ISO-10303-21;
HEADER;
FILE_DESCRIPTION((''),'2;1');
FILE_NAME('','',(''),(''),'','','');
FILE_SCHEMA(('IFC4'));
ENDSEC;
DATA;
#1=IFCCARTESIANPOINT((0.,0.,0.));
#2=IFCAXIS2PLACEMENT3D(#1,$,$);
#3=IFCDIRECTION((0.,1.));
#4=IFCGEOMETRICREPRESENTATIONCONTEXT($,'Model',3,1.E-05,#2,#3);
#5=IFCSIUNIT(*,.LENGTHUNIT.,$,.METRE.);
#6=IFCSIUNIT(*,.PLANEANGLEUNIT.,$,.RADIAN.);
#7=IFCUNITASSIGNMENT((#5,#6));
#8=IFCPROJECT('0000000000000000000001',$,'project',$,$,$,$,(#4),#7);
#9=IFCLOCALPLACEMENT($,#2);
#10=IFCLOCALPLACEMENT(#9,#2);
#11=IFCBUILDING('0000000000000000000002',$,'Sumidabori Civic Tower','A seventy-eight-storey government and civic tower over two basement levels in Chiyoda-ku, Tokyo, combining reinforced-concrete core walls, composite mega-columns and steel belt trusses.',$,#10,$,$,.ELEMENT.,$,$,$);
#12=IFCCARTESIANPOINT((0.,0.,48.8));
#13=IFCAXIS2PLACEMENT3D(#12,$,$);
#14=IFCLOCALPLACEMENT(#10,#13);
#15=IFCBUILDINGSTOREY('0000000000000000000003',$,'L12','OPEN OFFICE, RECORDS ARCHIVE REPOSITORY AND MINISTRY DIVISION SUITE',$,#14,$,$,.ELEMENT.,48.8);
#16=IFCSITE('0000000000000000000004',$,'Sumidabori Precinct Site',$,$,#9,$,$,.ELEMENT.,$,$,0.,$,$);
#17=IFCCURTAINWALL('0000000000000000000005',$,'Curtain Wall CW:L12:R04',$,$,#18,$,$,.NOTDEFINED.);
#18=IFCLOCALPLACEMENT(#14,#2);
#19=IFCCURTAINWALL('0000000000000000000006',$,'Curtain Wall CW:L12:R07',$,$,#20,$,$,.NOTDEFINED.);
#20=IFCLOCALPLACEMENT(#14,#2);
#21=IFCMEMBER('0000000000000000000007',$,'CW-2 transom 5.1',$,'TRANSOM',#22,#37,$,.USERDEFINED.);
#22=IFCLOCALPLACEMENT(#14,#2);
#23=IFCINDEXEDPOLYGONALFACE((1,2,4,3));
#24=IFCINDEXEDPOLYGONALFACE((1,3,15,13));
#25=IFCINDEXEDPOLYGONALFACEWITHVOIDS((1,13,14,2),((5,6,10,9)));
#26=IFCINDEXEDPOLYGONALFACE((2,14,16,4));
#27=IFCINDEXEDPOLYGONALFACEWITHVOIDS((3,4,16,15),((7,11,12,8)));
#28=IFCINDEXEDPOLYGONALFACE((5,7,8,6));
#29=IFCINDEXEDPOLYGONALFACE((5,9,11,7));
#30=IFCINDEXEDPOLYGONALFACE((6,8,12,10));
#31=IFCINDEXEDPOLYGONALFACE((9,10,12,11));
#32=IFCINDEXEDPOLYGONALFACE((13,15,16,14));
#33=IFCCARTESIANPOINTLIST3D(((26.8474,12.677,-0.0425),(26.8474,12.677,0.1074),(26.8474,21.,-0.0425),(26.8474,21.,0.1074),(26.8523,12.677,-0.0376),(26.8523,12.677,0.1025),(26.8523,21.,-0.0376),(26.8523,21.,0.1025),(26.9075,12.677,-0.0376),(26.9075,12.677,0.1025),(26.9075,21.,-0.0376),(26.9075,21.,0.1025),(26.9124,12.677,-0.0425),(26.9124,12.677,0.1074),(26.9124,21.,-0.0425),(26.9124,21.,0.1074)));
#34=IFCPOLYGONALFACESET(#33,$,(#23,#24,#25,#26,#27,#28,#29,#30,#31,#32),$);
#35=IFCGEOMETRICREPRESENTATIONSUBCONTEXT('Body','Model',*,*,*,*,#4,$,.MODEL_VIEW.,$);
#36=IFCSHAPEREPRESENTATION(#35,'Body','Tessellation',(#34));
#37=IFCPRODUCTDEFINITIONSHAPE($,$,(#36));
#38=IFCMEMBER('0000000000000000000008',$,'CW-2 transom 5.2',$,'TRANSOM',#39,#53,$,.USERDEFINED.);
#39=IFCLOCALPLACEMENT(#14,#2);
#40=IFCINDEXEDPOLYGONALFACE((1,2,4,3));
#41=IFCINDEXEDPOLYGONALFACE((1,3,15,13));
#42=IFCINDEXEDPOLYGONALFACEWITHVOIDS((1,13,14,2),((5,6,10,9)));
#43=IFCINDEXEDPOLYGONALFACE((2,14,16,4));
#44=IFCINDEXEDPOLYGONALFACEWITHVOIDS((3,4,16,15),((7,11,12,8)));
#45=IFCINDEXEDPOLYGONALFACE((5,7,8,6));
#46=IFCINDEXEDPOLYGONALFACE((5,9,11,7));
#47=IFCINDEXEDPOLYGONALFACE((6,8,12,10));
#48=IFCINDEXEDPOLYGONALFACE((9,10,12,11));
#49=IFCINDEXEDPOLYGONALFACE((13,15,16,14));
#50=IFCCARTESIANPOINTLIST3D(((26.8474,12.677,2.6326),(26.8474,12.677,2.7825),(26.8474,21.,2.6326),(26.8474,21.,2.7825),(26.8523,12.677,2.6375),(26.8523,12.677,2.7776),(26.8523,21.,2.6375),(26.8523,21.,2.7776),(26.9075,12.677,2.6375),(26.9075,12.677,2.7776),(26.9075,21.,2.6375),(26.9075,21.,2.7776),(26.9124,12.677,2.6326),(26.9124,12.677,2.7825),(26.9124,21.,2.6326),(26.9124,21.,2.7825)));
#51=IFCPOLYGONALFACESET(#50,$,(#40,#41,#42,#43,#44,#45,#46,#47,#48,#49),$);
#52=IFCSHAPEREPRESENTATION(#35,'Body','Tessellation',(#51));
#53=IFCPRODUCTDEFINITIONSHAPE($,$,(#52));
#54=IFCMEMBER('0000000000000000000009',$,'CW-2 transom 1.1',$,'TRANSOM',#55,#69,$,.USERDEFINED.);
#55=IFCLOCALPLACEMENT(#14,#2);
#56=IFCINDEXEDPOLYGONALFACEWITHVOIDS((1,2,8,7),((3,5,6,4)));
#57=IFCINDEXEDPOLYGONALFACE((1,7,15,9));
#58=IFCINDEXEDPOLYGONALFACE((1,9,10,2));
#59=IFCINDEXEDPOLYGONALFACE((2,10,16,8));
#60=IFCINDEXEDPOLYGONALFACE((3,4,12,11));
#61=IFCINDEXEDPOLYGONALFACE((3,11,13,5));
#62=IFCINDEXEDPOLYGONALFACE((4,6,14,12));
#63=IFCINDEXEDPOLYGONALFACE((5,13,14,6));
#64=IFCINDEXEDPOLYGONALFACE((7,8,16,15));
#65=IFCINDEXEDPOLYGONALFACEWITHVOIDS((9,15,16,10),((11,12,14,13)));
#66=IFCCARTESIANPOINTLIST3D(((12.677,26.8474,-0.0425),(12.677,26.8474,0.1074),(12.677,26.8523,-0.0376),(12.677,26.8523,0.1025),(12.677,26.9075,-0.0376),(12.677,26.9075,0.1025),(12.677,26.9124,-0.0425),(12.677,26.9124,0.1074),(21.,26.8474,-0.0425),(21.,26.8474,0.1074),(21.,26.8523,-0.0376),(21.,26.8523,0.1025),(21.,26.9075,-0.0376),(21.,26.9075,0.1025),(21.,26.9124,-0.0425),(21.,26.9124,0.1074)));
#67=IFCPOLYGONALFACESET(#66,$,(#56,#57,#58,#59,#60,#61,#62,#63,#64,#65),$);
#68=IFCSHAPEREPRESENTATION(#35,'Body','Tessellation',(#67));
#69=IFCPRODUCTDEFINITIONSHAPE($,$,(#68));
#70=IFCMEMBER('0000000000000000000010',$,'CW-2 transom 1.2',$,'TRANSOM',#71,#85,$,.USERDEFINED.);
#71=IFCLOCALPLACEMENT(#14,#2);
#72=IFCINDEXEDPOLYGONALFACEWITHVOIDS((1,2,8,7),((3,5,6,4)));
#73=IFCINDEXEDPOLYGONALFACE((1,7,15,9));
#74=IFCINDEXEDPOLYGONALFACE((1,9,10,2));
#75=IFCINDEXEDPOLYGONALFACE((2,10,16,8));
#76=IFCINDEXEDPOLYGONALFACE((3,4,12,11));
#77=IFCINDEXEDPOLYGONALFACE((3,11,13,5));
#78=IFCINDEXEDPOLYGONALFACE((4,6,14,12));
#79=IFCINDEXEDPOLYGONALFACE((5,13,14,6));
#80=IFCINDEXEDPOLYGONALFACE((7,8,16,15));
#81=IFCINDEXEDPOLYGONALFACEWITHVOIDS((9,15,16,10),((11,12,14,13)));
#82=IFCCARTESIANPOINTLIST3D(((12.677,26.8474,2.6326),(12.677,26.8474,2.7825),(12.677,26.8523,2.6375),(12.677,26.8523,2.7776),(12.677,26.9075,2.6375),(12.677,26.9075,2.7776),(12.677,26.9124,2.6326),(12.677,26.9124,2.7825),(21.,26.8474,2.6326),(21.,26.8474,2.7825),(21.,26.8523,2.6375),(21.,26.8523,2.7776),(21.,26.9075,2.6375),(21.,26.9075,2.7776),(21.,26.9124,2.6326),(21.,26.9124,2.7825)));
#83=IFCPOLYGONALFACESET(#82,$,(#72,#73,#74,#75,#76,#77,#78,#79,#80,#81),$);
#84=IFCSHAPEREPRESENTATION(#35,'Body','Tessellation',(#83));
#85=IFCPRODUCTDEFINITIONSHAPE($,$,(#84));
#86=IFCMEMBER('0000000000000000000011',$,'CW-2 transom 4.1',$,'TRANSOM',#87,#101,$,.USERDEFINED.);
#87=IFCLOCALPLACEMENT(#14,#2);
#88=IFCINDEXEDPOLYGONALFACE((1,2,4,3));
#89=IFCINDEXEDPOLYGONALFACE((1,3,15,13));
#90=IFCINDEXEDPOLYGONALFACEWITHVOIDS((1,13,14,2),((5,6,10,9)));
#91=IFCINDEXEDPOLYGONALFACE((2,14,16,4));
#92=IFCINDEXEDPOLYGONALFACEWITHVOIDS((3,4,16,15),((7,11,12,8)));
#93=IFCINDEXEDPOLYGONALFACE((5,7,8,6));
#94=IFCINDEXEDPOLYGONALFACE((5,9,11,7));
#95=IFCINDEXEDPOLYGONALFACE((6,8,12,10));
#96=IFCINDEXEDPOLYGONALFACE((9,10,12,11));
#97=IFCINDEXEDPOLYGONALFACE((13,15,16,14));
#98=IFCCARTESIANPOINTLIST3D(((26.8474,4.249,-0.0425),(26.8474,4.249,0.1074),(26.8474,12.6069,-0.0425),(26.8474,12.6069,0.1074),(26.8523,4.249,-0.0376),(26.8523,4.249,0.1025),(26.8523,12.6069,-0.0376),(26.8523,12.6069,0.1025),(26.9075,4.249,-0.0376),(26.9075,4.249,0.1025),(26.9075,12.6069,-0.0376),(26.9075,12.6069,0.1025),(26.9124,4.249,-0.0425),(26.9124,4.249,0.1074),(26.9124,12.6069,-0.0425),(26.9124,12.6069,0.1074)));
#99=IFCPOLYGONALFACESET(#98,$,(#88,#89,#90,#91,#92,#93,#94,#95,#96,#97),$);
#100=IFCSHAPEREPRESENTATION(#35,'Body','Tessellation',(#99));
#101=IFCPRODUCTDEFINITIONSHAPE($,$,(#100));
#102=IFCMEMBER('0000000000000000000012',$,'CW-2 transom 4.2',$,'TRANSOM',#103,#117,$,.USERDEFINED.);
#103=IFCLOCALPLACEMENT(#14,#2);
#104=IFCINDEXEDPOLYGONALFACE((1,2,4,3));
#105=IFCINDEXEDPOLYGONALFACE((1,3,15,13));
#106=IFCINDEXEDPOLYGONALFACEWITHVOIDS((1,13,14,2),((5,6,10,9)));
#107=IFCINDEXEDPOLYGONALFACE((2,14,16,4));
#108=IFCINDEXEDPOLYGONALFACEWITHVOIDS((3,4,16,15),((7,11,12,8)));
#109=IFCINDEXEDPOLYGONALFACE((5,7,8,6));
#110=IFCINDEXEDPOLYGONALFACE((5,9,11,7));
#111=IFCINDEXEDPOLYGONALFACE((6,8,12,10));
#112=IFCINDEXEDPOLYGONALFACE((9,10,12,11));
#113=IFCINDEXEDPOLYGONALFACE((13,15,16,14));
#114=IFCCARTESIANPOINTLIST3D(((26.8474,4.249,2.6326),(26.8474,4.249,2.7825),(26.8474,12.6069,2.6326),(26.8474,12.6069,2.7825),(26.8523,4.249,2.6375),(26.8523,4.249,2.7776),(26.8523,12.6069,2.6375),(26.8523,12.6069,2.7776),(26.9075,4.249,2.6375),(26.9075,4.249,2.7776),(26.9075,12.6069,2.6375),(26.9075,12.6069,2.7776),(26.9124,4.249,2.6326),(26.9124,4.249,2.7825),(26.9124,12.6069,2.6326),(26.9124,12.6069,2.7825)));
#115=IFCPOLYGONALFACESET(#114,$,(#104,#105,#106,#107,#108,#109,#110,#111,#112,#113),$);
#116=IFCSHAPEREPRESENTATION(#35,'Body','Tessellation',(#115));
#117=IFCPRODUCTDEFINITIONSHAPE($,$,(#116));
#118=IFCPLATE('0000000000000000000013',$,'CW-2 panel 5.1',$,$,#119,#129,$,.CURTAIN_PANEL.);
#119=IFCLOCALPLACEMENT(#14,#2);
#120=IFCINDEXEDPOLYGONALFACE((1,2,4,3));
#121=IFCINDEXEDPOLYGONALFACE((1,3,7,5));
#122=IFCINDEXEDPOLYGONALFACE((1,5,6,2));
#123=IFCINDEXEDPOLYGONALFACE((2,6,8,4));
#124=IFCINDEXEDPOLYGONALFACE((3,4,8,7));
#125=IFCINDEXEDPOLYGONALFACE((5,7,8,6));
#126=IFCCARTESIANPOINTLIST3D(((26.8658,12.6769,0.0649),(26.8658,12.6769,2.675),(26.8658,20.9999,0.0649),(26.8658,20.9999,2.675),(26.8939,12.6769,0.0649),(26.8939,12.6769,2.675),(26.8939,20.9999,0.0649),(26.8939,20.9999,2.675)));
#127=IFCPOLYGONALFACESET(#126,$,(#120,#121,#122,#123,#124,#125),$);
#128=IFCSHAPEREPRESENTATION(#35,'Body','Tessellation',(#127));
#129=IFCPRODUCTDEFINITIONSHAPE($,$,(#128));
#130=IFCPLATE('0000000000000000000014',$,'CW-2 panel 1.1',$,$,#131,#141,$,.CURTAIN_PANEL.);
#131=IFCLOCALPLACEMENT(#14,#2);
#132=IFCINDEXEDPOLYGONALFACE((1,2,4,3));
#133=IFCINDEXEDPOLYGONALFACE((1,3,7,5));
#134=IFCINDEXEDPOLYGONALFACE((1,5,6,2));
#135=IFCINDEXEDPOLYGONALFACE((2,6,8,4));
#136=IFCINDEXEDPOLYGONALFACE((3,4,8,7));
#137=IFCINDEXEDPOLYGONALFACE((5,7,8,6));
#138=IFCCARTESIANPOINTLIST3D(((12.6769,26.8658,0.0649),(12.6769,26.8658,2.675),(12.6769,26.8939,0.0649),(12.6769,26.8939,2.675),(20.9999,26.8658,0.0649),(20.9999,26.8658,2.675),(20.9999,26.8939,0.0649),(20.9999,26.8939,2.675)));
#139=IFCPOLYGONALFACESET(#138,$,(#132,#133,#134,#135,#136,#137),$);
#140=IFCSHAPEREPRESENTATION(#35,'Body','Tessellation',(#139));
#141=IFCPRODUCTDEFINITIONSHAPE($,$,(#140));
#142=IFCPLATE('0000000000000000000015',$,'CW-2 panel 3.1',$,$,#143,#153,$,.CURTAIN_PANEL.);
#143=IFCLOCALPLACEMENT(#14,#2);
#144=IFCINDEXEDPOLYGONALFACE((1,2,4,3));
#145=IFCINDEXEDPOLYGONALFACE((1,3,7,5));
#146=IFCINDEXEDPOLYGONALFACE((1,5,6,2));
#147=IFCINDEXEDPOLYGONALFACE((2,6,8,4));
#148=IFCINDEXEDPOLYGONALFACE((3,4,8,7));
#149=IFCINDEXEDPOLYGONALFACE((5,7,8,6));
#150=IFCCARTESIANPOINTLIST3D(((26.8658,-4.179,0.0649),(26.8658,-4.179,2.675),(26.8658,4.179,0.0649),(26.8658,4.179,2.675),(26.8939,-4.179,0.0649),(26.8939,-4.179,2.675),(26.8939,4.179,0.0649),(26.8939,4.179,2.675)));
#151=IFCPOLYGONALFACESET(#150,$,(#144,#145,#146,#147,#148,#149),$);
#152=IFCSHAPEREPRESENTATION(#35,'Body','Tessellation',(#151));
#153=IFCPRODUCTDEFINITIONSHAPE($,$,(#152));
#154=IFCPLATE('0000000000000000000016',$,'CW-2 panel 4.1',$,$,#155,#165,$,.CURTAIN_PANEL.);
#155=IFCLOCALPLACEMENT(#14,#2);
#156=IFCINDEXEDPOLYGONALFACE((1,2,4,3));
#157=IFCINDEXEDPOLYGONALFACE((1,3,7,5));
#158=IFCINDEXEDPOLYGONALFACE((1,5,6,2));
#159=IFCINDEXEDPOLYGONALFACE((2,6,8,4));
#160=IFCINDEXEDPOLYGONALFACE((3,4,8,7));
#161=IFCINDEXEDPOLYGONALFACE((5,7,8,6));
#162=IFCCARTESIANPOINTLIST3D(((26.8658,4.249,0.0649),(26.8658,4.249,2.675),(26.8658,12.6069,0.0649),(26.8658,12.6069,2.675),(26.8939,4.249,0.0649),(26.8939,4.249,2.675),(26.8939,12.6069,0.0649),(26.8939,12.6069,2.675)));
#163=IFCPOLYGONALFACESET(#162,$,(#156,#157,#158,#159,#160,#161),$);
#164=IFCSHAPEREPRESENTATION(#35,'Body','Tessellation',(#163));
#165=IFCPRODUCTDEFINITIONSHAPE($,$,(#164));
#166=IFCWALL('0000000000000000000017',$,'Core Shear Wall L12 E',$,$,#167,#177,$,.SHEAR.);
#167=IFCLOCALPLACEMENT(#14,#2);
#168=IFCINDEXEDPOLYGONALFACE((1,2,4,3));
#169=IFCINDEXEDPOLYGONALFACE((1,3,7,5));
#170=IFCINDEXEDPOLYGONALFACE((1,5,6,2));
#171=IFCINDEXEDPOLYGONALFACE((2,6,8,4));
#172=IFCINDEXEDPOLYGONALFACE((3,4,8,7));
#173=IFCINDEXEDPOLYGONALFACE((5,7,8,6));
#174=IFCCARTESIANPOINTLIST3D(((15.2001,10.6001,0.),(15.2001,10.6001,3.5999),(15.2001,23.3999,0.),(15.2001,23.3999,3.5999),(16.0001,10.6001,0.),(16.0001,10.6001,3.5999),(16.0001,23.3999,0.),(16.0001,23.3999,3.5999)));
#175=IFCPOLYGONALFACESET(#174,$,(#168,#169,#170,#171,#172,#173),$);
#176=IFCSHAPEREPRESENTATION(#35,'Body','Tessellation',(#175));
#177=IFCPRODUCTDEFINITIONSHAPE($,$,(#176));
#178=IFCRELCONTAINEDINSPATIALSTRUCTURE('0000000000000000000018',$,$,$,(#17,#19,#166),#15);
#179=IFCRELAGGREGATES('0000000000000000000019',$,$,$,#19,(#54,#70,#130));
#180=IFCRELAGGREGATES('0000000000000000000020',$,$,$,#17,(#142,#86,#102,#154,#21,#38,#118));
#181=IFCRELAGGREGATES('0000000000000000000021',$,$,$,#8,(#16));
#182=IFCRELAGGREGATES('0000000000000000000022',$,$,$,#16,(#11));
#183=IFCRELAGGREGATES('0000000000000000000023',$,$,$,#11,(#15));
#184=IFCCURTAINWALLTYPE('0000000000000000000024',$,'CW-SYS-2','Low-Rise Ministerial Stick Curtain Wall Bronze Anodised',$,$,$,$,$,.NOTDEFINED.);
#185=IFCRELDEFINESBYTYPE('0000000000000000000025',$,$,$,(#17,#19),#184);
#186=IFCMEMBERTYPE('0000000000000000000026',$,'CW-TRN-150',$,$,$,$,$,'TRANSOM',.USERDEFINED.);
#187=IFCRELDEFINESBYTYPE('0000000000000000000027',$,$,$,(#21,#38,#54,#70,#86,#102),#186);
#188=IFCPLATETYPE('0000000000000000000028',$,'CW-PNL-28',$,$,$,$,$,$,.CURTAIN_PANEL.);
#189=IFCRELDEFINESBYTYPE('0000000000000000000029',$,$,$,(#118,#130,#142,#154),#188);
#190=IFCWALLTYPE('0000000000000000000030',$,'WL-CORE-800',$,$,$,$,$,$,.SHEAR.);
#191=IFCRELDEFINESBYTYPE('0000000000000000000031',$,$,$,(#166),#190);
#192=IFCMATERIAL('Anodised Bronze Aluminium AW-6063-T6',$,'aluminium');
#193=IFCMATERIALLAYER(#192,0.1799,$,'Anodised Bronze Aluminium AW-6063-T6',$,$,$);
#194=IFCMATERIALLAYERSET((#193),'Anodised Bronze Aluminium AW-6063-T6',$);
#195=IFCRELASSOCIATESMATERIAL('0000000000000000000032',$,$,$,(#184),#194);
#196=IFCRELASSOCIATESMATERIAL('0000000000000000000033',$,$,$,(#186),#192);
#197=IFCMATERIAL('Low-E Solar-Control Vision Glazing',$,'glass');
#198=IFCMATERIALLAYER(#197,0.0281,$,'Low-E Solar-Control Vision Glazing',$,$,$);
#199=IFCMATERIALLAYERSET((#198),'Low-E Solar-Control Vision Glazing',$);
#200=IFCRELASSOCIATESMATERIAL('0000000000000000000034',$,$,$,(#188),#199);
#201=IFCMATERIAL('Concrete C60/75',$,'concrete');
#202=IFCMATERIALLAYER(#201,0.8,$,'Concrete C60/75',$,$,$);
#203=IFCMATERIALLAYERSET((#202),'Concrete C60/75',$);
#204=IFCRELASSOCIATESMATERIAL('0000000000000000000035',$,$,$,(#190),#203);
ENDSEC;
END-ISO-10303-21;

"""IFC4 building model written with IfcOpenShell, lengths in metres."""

from ifc_helpers import new_model, si_unit, direction, frame, frame_2d, origin, origin_2d, place, context, subcontext, project, spatial, rectangle, hollow_rectangle, extrude, source, transform, mapped, material, layer, layer_set, material_profile, profile_set, type_object, element, aggregate, save


model = new_model("IFC4")

# Units and contexts
model_context = context("Model", 3, precision=1e-05, world=origin(), true_north=direction((0.0, 1.0)))
body_context = subcontext(model_context, "Body", "Model", "MODEL_VIEW")
ifc_project = project(units=[si_unit("LENGTHUNIT", "METRE"), si_unit("PLANEANGLEUNIT", "RADIAN")], contexts=[model_context])

# Site, building, storey
site_placement = place(None, origin())
site = spatial("IfcSite", under=ifc_project, at=site_placement, Name="Sumidabori Precinct Site", CompositionType="ELEMENT", RefElevation=0.0)
building_placement = place(site_placement, origin())
building = spatial("IfcBuilding", under=site, at=building_placement, Name="Sumidabori Civic Tower", Description="A seventy-eight-storey government and civic tower over two basement levels in Chiyoda-ku, Tokyo, combining reinforced-concrete core walls, composite mega-columns and steel belt trusses.", CompositionType="ELEMENT")
storey_placement = place(building_placement, frame((0.0, 0.0, 48.8)))
storey = spatial("IfcBuildingStorey", under=building, at=storey_placement, Name="L12", Description="OPEN OFFICE, RECORDS ARCHIVE REPOSITORY AND MINISTRY DIVISION SUITE", CompositionType="ELEMENT", Elevation=48.8)

# Shared definitions
ifc_material_1 = material(Name="Concrete C60/75", Category="concrete")

# Curtain wall
ifc_material_2 = material(Name="Anodised Bronze Aluminium AW-6063-T6", Category="aluminium")
ifc_layer_1 = layer(ifc_material_2, 0.1799, Name="Anodised Bronze Aluminium AW-6063-T6")
ifc_layer_set_1 = layer_set([ifc_layer_1], Name="Anodised Bronze Aluminium AW-6063-T6")
curtain_wall_type = type_object("IfcCurtainWallType", Name="CW-SYS-2", Description="Low-Rise Ministerial Stick Curtain Wall Bronze Anodised", PredefinedType="NOTDEFINED", material=ifc_layer_set_1)
curtain_wall_1_placement = place(storey_placement, origin())
curtain_wall_1 = element("IfcCurtainWall", 1, at=curtain_wall_1_placement, inside=storey, type_object=curtain_wall_type, Name="Curtain Wall CW:L12:R04", PredefinedType="NOTDEFINED")

# Curtain wall
curtain_wall_2_placement = place(storey_placement, origin())
curtain_wall_2 = element("IfcCurtainWall", 2, at=curtain_wall_2_placement, inside=storey, type_object=curtain_wall_type, Name="Curtain Wall CW:L12:R07", PredefinedType="NOTDEFINED")

# Members
ifc_material_profile_1 = material_profile(ifc_material_2, hollow_rectangle(XDim=0.0649, YDim=0.1499, WallThickness=0.0049, at=origin_2d()), Name="ALU TRANSOM 150x65")
ifc_profile_set_1 = profile_set([ifc_material_profile_1], Name="Anodised Bronze Aluminium AW-6063-T6")
member_type_1 = type_object("IfcMemberType", Name="CW-TRN-150", ElementType="TRANSOM", PredefinedType="USERDEFINED", material=ifc_profile_set_1)
shared_shape_1 = source(origin(), body_context, "Body", "SweptSolid", [
    extrude(hollow_rectangle(XDim=0.0649, YDim=0.1499, WallThickness=0.0049, at=origin_2d()), origin(), (0.0, 0.0, 1.0), 8.323),
])
member_1_placement = place(storey_placement, frame((26.8799, 12.677, 0.0325), z_axis=(0.0, 1.0, 0.0), x_axis=(-1.0, 0.0, 0.0)))
member_1 = element("IfcMember", 3, at=member_1_placement, type_object=member_type_1, Name="CW-2 transom 5.1", ObjectType="TRANSOM", PredefinedType="USERDEFINED", context=body_context, shape_type="MappedRepresentation", body=[
    mapped(shared_shape_1, transform((0.0, 0.0, 0.0), x_axis=(1.0, 0.0, 0.0), y_axis=(0.0, 1.0, 0.0), z_axis=(0.0, 0.0, 1.0), scale=1.0)),
])
member_2_placement = place(storey_placement, frame((26.8799, 12.677, 2.7075), z_axis=(0.0, 1.0, 0.0), x_axis=(-1.0, 0.0, 0.0)))
member_2 = element("IfcMember", 4, at=member_2_placement, type_object=member_type_1, Name="CW-2 transom 5.2", ObjectType="TRANSOM", PredefinedType="USERDEFINED", context=body_context, shape_type="MappedRepresentation", body=[
    mapped(shared_shape_1, transform((0.0, 0.0, 0.0), x_axis=(1.0, 0.0, 0.0), y_axis=(0.0, 1.0, 0.0), z_axis=(0.0, 0.0, 1.0), scale=1.0)),
])
member_3_placement = place(storey_placement, frame((21.0, 26.8799, 0.0325), z_axis=(-1.0, 0.0, 0.0), x_axis=(0.0, -1.0, 0.0)))
member_3 = element("IfcMember", 5, at=member_3_placement, type_object=member_type_1, Name="CW-2 transom 1.1", ObjectType="TRANSOM", PredefinedType="USERDEFINED", context=body_context, shape_type="MappedRepresentation", body=[
    mapped(shared_shape_1, transform((0.0, 0.0, 0.0), x_axis=(1.0, 0.0, 0.0), y_axis=(0.0, 1.0, 0.0), z_axis=(0.0, 0.0, 1.0), scale=1.0)),
])
member_4_placement = place(storey_placement, frame((21.0, 26.8799, 2.7075), z_axis=(-1.0, 0.0, 0.0), x_axis=(0.0, -1.0, 0.0)))
member_4 = element("IfcMember", 6, at=member_4_placement, type_object=member_type_1, Name="CW-2 transom 1.2", ObjectType="TRANSOM", PredefinedType="USERDEFINED", context=body_context, shape_type="MappedRepresentation", body=[
    mapped(shared_shape_1, transform((0.0, 0.0, 0.0), x_axis=(1.0, 0.0, 0.0), y_axis=(0.0, 1.0, 0.0), z_axis=(0.0, 0.0, 1.0), scale=1.0)),
])
shared_shape_2 = source(origin(), body_context, "Body", "SweptSolid", [
    extrude(hollow_rectangle(XDim=0.0649, YDim=0.1499, WallThickness=0.0049, at=origin_2d()), origin(), (0.0, 0.0, 1.0), 8.3579),
])
member_5_placement = place(storey_placement, frame((26.8799, 4.249, 0.0325), z_axis=(0.0, 1.0, 0.0), x_axis=(-1.0, 0.0, 0.0)))
member_5 = element("IfcMember", 7, at=member_5_placement, type_object=member_type_1, Name="CW-2 transom 4.1", ObjectType="TRANSOM", PredefinedType="USERDEFINED", context=body_context, shape_type="MappedRepresentation", body=[
    mapped(shared_shape_2, transform((0.0, 0.0, 0.0), x_axis=(1.0, 0.0, 0.0), y_axis=(0.0, 1.0, 0.0), z_axis=(0.0, 0.0, 1.0), scale=1.0)),
])
member_6_placement = place(storey_placement, frame((26.8799, 4.249, 2.7075), z_axis=(0.0, 1.0, 0.0), x_axis=(-1.0, 0.0, 0.0)))
member_6 = element("IfcMember", 8, at=member_6_placement, type_object=member_type_1, Name="CW-2 transom 4.2", ObjectType="TRANSOM", PredefinedType="USERDEFINED", context=body_context, shape_type="MappedRepresentation", body=[
    mapped(shared_shape_2, transform((0.0, 0.0, 0.0), x_axis=(1.0, 0.0, 0.0), y_axis=(0.0, 1.0, 0.0), z_axis=(0.0, 0.0, 1.0), scale=1.0)),
])

# Plates
ifc_material_3 = material(Name="Low-E Solar-Control Vision Glazing", Category="glass")
ifc_layer_2 = layer(ifc_material_3, 0.0281, Name="Low-E Solar-Control Vision Glazing")
ifc_layer_set_2 = layer_set([ifc_layer_2], Name="Low-E Solar-Control Vision Glazing")
plate_type = type_object("IfcPlateType", Name="CW-PNL-28", PredefinedType="CURTAIN_PANEL", material=ifc_layer_set_2)
shared_shape_3 = source(origin(), body_context, "Body", "SweptSolid", [
    extrude(rectangle(XDim=8.323, YDim=0.0281, at=origin_2d()), origin(), (0.0, 0.0, 1.0), 2.6101),
])
plate_1_placement = place(storey_placement, frame((26.8799, 16.8384, 0.0649), z_axis=(0.0, 0.0, 1.0), x_axis=(0.0, 1.0, 0.0)))
plate_1 = element("IfcPlate", 9, at=plate_1_placement, type_object=plate_type, Name="CW-2 panel 5.1", PredefinedType="CURTAIN_PANEL", context=body_context, shape_type="MappedRepresentation", body=[
    mapped(shared_shape_3, transform((0.0, 0.0, 0.0), x_axis=(1.0, 0.0, 0.0), y_axis=(0.0, 1.0, 0.0), z_axis=(0.0, 0.0, 1.0), scale=1.0)),
])
plate_2_placement = place(storey_placement, frame((16.8384, 26.8799, 0.0649), z_axis=(0.0, 0.0, 1.0), x_axis=(-1.0, 0.0, 0.0)))
plate_2 = element("IfcPlate", 10, at=plate_2_placement, type_object=plate_type, Name="CW-2 panel 1.1", PredefinedType="CURTAIN_PANEL", context=body_context, shape_type="MappedRepresentation", body=[
    mapped(shared_shape_3, transform((0.0, 0.0, 0.0), x_axis=(1.0, 0.0, 0.0), y_axis=(0.0, 1.0, 0.0), z_axis=(0.0, 0.0, 1.0), scale=1.0)),
])
aggregate(curtain_wall_2, [member_3, member_4, plate_2])
shared_shape_4 = source(origin(), body_context, "Body", "SweptSolid", [
    extrude(rectangle(XDim=8.3579, YDim=0.0281, at=origin_2d()), origin(), (0.0, 0.0, 1.0), 2.6101),
])
plate_3_placement = place(storey_placement, frame((26.8799, 0.0, 0.0649), z_axis=(0.0, 0.0, 1.0), x_axis=(0.0, 1.0, 0.0)))
plate_3 = element("IfcPlate", 11, at=plate_3_placement, type_object=plate_type, Name="CW-2 panel 3.1", PredefinedType="CURTAIN_PANEL", context=body_context, shape_type="MappedRepresentation", body=[
    mapped(shared_shape_4, transform((0.0, 0.0, 0.0), x_axis=(1.0, 0.0, 0.0), y_axis=(0.0, 1.0, 0.0), z_axis=(0.0, 0.0, 1.0), scale=1.0)),
])
plate_4_placement = place(storey_placement, frame((26.8799, 8.428, 0.0649), z_axis=(0.0, 0.0, 1.0), x_axis=(0.0, 1.0, 0.0)))
plate_4 = element("IfcPlate", 12, at=plate_4_placement, type_object=plate_type, Name="CW-2 panel 4.1", PredefinedType="CURTAIN_PANEL", context=body_context, shape_type="MappedRepresentation", body=[
    mapped(shared_shape_4, transform((0.0, 0.0, 0.0), x_axis=(1.0, 0.0, 0.0), y_axis=(0.0, 1.0, 0.0), z_axis=(0.0, 0.0, 1.0), scale=1.0)),
])
aggregate(curtain_wall_1, [plate_3, member_5, member_6, plate_4, member_1, member_2, plate_1])

# Wall
ifc_layer_3 = layer(ifc_material_1, 0.8, Name="Concrete C60/75")
ifc_layer_set_3 = layer_set([ifc_layer_3], Name="Concrete C60/75")
wall_type_1 = type_object("IfcWallType", Name="WL-CORE-800", PredefinedType="SHEAR", material=ifc_layer_set_3)
shared_shape_5 = source(origin(), body_context, "Body", "SweptSolid", [
    extrude(rectangle(XDim=12.7998, YDim=0.8, at=frame_2d((6.3999, 0.0))), origin(), (0.0, 0.0, 1.0), 3.5999),
])
wall_1_placement = place(storey_placement, frame((15.6001, 10.6001, 0.0), z_axis=(0.0, 0.0, 1.0), x_axis=(0.0, 1.0, 0.0)))
element("IfcWall", 13, at=wall_1_placement, inside=storey, type_object=wall_type_1, Name="Core Shear Wall L12 E", PredefinedType="SHEAR", context=body_context, shape_type="MappedRepresentation", body=[
    mapped(shared_shape_5, transform((0.0, 0.0, 0.0), x_axis=(1.0, 0.0, 0.0), y_axis=(0.0, 1.0, 0.0), z_axis=(0.0, 0.0, 1.0), scale=1.0)),
])

save(model, "model.ifc")
